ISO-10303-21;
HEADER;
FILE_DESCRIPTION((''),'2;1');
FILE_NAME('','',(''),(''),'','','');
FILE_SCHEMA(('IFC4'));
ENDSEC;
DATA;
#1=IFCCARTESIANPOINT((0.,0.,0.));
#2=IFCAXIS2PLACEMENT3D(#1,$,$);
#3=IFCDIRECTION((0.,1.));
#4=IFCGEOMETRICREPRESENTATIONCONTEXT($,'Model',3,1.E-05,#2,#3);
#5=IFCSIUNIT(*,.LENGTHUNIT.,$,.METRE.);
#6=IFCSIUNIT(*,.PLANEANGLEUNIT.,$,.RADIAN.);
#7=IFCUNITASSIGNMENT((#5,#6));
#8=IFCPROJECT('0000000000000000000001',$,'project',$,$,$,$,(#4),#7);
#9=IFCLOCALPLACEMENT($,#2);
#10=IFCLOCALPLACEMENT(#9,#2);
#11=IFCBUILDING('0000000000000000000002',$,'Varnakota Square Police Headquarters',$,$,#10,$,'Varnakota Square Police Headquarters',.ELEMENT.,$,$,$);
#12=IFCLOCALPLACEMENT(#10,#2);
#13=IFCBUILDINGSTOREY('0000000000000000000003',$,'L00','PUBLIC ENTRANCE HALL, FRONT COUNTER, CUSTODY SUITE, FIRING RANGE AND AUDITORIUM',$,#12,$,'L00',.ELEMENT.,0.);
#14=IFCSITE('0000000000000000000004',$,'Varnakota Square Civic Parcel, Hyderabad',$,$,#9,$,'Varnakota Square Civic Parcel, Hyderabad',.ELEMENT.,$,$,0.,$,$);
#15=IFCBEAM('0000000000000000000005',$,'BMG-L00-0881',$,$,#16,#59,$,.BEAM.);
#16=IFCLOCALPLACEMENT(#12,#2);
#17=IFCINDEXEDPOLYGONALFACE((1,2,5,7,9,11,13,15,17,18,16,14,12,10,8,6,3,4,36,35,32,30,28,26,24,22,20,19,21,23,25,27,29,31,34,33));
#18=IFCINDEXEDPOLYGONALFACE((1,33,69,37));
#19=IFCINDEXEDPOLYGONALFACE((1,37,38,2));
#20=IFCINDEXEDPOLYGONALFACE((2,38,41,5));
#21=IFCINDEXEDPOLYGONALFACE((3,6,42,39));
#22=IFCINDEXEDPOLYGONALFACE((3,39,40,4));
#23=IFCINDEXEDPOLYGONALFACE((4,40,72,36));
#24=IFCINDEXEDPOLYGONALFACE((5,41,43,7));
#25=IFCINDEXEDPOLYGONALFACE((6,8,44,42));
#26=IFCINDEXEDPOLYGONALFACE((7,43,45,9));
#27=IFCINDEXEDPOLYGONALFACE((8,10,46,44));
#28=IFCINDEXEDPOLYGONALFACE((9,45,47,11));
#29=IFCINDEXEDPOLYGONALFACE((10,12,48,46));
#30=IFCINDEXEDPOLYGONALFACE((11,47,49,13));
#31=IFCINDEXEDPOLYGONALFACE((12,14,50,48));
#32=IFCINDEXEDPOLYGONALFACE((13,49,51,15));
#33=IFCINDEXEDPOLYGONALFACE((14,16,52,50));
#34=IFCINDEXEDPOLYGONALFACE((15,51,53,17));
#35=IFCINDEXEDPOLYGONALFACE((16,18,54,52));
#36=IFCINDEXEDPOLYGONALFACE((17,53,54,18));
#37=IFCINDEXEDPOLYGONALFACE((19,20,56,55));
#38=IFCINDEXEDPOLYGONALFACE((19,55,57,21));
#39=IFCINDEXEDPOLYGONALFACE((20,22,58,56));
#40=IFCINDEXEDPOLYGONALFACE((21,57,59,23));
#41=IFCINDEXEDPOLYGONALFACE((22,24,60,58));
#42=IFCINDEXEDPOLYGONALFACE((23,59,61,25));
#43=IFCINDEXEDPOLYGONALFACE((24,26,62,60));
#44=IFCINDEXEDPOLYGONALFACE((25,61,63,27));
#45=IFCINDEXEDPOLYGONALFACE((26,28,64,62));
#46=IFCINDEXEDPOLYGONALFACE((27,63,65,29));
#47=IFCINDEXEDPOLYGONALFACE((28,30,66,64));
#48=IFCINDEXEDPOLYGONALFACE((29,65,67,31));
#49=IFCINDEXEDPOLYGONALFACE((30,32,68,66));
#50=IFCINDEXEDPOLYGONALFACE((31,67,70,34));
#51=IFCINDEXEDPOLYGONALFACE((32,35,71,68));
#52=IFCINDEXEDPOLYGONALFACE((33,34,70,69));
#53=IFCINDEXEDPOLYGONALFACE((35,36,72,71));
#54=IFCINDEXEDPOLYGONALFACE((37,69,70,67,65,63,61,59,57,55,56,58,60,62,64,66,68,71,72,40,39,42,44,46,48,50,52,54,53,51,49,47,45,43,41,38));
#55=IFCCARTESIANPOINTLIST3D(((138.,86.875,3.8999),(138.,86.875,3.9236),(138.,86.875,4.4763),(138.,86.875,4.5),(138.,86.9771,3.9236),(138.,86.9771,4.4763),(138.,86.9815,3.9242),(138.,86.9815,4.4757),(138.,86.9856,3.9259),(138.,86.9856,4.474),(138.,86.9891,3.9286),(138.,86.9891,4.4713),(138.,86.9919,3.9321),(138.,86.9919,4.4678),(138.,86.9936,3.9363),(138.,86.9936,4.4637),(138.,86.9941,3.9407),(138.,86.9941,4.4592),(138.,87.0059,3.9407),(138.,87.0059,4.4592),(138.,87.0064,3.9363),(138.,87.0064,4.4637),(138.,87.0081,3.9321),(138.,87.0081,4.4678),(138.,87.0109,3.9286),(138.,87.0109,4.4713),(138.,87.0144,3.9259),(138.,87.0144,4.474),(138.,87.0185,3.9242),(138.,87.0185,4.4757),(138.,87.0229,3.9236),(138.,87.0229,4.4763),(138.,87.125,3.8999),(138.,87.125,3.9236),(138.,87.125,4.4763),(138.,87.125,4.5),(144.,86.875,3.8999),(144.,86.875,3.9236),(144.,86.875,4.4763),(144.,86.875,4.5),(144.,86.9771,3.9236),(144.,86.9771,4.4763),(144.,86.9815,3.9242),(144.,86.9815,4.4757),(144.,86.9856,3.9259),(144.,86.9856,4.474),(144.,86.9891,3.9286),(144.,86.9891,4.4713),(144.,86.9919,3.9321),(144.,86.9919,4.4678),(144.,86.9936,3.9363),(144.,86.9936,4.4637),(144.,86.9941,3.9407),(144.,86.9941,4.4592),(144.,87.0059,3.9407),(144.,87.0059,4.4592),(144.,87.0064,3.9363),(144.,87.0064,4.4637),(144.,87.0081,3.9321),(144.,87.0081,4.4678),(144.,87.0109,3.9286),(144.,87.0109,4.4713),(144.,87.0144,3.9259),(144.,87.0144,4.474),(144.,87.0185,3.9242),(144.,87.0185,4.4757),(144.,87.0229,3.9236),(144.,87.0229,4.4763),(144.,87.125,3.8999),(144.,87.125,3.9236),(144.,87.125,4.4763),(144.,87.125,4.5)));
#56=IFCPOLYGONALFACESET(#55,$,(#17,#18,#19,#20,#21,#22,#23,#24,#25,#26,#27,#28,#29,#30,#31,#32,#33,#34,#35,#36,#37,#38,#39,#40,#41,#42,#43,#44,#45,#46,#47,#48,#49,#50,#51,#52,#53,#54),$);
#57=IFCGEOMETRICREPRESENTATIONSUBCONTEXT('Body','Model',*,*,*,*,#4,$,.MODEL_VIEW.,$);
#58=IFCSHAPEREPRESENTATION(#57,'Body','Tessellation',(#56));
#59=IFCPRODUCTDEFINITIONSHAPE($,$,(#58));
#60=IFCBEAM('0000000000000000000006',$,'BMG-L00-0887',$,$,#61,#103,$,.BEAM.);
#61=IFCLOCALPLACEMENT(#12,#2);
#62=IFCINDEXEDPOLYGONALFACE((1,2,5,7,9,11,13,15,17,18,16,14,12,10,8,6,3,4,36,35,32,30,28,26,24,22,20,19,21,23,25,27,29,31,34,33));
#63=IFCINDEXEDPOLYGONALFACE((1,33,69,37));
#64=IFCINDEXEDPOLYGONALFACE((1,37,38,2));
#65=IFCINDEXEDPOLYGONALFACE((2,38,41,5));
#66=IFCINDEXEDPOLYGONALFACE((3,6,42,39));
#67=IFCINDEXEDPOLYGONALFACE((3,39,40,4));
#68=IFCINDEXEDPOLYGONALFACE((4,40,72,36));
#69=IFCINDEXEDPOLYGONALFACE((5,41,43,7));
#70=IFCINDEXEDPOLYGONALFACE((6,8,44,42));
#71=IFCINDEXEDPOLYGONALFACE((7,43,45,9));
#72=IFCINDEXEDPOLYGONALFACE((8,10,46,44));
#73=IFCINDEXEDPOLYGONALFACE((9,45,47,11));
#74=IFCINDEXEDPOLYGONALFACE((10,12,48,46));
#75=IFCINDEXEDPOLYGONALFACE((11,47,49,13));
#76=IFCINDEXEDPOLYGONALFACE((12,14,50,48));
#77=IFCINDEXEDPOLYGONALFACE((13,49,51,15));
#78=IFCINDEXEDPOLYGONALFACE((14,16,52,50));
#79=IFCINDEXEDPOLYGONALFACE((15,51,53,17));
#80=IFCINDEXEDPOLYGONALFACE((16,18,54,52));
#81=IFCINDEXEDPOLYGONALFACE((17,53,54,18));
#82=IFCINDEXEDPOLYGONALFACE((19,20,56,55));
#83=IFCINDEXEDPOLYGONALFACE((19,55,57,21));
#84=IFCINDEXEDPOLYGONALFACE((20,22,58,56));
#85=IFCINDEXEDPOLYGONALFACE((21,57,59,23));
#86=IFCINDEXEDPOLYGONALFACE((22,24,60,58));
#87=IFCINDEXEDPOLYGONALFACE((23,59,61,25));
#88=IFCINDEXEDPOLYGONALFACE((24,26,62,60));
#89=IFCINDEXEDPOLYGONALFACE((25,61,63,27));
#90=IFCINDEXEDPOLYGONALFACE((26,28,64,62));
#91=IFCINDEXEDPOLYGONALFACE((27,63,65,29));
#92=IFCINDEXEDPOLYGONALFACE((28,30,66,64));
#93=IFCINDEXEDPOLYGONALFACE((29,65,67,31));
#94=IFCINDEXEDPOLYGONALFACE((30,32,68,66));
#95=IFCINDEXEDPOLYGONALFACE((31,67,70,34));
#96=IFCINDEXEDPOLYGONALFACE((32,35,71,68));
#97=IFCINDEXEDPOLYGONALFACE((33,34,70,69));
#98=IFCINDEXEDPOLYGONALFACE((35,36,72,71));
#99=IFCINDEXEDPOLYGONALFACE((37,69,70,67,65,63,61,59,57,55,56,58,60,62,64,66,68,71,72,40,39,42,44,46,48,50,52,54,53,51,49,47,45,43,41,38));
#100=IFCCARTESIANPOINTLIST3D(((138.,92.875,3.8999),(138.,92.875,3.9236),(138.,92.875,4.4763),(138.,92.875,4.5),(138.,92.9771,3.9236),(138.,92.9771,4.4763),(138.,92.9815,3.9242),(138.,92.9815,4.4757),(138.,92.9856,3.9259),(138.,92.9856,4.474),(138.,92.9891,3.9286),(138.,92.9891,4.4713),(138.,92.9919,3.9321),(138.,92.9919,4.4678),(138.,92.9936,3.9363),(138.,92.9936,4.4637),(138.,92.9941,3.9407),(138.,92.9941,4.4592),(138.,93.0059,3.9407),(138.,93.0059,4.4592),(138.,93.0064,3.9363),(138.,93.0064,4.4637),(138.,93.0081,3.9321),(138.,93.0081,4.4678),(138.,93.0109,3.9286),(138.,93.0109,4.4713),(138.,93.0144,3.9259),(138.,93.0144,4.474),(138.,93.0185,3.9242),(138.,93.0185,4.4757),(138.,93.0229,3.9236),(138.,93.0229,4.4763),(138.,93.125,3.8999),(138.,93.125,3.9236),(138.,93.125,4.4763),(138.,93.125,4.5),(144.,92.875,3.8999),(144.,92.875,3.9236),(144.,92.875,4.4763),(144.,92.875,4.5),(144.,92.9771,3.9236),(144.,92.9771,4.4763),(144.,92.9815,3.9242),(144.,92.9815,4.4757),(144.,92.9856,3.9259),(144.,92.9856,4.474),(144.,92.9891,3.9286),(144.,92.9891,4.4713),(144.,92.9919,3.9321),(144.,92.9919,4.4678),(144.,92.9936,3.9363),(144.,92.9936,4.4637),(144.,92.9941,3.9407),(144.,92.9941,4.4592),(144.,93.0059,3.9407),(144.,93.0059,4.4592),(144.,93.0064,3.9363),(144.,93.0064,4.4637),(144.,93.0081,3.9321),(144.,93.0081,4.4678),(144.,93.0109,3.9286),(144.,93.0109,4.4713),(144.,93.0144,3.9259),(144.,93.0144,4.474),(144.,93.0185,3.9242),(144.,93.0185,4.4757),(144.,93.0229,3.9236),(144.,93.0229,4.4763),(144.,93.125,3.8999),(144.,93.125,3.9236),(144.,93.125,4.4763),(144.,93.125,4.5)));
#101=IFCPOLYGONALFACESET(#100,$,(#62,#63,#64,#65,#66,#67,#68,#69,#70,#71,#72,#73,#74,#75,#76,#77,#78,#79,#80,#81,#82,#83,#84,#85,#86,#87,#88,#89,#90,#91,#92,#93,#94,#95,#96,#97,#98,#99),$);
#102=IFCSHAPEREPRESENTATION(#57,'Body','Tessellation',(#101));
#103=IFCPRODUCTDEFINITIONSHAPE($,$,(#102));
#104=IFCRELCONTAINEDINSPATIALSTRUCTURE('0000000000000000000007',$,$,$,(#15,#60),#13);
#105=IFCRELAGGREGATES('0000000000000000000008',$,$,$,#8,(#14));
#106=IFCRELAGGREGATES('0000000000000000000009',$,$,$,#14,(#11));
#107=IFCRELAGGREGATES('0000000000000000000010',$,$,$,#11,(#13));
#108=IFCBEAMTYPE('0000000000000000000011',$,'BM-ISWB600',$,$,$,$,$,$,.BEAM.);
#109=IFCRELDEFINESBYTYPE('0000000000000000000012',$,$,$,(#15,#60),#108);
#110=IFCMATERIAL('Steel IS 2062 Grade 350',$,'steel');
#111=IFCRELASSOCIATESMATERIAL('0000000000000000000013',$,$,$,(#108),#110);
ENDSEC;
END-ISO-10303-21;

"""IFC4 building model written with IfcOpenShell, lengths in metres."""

from ifc_helpers import new_model, si_unit, direction, frame, origin, origin_2d, place, context, subcontext, project, spatial, i_section, extrude, material, material_profile, profile_set, type_object, element, save


model = new_model("IFC4")

# Units and contexts
model_context = context("Model", 3, precision=1e-05, world=origin(), true_north=direction((0.0, 1.0)))
body_context = subcontext(model_context, "Body", "Model", "MODEL_VIEW")
ifc_project = project(units=[si_unit("LENGTHUNIT", "METRE"), si_unit("PLANEANGLEUNIT", "RADIAN")], contexts=[model_context])

# Site, building, storey
site_placement = place(None, origin())
site = spatial("IfcSite", under=ifc_project, at=site_placement, Name="Varnakota Square Civic Parcel, Hyderabad", LongName="Varnakota Square Civic Parcel, Hyderabad", CompositionType="ELEMENT", RefElevation=0.0)
building_placement = place(site_placement, origin())
building = spatial("IfcBuilding", under=site, at=building_placement, Name="Varnakota Square Police Headquarters", LongName="Varnakota Square Police Headquarters", CompositionType="ELEMENT")
storey_placement = place(building_placement, origin())
storey = spatial("IfcBuildingStorey", under=building, at=storey_placement, Name="L00", Description="PUBLIC ENTRANCE HALL, FRONT COUNTER, CUSTODY SUITE, FIRING RANGE AND AUDITORIUM", LongName="L00", CompositionType="ELEMENT", Elevation=0.0)

# Beams
ifc_material_1 = material(Name="Steel IS 2062 Grade 350", Category="steel")
ifc_material_profile_1 = material_profile(ifc_material_1, i_section(OverallWidth=0.25, OverallDepth=0.6001, WebThickness=0.0117, FlangeThickness=0.0237, FilletRadius=0.0171, at=origin_2d()), Name="ISWB 600")
ifc_profile_set_1 = profile_set([ifc_material_profile_1], Name="Steel IS 2062 Grade 350")
beam_type_1 = type_object("IfcBeamType", Name="BM-ISWB600", PredefinedType="BEAM", material=ifc_profile_set_1)
for number, where, z_axis, x_axis, name in (
    (1, (138.0, 87.0, 4.2), (1.0, 0.0, 0.0), (0.0, 1.0, 0.0), "BMG-L00-0881"),
    (2, (138.0, 93.0, 4.2), (1.0, 0.0, 0.0), (0.0, 1.0, 0.0), "BMG-L00-0887"),
):
    element("IfcBeam", number, at=place(storey_placement, frame(where, z_axis=z_axis, x_axis=x_axis)), inside=storey, type_object=beam_type_1, Name=name, PredefinedType="BEAM", context=body_context, shape_type="SweptSolid", body=[
        extrude(i_section(OverallWidth=0.25, OverallDepth=0.6001, WebThickness=0.0117, FlangeThickness=0.0237, FilletRadius=0.0171, at=origin_2d()), origin(), (0.0, 0.0, 1.0), 6.0),
    ])

save(model, "model.ifc")
